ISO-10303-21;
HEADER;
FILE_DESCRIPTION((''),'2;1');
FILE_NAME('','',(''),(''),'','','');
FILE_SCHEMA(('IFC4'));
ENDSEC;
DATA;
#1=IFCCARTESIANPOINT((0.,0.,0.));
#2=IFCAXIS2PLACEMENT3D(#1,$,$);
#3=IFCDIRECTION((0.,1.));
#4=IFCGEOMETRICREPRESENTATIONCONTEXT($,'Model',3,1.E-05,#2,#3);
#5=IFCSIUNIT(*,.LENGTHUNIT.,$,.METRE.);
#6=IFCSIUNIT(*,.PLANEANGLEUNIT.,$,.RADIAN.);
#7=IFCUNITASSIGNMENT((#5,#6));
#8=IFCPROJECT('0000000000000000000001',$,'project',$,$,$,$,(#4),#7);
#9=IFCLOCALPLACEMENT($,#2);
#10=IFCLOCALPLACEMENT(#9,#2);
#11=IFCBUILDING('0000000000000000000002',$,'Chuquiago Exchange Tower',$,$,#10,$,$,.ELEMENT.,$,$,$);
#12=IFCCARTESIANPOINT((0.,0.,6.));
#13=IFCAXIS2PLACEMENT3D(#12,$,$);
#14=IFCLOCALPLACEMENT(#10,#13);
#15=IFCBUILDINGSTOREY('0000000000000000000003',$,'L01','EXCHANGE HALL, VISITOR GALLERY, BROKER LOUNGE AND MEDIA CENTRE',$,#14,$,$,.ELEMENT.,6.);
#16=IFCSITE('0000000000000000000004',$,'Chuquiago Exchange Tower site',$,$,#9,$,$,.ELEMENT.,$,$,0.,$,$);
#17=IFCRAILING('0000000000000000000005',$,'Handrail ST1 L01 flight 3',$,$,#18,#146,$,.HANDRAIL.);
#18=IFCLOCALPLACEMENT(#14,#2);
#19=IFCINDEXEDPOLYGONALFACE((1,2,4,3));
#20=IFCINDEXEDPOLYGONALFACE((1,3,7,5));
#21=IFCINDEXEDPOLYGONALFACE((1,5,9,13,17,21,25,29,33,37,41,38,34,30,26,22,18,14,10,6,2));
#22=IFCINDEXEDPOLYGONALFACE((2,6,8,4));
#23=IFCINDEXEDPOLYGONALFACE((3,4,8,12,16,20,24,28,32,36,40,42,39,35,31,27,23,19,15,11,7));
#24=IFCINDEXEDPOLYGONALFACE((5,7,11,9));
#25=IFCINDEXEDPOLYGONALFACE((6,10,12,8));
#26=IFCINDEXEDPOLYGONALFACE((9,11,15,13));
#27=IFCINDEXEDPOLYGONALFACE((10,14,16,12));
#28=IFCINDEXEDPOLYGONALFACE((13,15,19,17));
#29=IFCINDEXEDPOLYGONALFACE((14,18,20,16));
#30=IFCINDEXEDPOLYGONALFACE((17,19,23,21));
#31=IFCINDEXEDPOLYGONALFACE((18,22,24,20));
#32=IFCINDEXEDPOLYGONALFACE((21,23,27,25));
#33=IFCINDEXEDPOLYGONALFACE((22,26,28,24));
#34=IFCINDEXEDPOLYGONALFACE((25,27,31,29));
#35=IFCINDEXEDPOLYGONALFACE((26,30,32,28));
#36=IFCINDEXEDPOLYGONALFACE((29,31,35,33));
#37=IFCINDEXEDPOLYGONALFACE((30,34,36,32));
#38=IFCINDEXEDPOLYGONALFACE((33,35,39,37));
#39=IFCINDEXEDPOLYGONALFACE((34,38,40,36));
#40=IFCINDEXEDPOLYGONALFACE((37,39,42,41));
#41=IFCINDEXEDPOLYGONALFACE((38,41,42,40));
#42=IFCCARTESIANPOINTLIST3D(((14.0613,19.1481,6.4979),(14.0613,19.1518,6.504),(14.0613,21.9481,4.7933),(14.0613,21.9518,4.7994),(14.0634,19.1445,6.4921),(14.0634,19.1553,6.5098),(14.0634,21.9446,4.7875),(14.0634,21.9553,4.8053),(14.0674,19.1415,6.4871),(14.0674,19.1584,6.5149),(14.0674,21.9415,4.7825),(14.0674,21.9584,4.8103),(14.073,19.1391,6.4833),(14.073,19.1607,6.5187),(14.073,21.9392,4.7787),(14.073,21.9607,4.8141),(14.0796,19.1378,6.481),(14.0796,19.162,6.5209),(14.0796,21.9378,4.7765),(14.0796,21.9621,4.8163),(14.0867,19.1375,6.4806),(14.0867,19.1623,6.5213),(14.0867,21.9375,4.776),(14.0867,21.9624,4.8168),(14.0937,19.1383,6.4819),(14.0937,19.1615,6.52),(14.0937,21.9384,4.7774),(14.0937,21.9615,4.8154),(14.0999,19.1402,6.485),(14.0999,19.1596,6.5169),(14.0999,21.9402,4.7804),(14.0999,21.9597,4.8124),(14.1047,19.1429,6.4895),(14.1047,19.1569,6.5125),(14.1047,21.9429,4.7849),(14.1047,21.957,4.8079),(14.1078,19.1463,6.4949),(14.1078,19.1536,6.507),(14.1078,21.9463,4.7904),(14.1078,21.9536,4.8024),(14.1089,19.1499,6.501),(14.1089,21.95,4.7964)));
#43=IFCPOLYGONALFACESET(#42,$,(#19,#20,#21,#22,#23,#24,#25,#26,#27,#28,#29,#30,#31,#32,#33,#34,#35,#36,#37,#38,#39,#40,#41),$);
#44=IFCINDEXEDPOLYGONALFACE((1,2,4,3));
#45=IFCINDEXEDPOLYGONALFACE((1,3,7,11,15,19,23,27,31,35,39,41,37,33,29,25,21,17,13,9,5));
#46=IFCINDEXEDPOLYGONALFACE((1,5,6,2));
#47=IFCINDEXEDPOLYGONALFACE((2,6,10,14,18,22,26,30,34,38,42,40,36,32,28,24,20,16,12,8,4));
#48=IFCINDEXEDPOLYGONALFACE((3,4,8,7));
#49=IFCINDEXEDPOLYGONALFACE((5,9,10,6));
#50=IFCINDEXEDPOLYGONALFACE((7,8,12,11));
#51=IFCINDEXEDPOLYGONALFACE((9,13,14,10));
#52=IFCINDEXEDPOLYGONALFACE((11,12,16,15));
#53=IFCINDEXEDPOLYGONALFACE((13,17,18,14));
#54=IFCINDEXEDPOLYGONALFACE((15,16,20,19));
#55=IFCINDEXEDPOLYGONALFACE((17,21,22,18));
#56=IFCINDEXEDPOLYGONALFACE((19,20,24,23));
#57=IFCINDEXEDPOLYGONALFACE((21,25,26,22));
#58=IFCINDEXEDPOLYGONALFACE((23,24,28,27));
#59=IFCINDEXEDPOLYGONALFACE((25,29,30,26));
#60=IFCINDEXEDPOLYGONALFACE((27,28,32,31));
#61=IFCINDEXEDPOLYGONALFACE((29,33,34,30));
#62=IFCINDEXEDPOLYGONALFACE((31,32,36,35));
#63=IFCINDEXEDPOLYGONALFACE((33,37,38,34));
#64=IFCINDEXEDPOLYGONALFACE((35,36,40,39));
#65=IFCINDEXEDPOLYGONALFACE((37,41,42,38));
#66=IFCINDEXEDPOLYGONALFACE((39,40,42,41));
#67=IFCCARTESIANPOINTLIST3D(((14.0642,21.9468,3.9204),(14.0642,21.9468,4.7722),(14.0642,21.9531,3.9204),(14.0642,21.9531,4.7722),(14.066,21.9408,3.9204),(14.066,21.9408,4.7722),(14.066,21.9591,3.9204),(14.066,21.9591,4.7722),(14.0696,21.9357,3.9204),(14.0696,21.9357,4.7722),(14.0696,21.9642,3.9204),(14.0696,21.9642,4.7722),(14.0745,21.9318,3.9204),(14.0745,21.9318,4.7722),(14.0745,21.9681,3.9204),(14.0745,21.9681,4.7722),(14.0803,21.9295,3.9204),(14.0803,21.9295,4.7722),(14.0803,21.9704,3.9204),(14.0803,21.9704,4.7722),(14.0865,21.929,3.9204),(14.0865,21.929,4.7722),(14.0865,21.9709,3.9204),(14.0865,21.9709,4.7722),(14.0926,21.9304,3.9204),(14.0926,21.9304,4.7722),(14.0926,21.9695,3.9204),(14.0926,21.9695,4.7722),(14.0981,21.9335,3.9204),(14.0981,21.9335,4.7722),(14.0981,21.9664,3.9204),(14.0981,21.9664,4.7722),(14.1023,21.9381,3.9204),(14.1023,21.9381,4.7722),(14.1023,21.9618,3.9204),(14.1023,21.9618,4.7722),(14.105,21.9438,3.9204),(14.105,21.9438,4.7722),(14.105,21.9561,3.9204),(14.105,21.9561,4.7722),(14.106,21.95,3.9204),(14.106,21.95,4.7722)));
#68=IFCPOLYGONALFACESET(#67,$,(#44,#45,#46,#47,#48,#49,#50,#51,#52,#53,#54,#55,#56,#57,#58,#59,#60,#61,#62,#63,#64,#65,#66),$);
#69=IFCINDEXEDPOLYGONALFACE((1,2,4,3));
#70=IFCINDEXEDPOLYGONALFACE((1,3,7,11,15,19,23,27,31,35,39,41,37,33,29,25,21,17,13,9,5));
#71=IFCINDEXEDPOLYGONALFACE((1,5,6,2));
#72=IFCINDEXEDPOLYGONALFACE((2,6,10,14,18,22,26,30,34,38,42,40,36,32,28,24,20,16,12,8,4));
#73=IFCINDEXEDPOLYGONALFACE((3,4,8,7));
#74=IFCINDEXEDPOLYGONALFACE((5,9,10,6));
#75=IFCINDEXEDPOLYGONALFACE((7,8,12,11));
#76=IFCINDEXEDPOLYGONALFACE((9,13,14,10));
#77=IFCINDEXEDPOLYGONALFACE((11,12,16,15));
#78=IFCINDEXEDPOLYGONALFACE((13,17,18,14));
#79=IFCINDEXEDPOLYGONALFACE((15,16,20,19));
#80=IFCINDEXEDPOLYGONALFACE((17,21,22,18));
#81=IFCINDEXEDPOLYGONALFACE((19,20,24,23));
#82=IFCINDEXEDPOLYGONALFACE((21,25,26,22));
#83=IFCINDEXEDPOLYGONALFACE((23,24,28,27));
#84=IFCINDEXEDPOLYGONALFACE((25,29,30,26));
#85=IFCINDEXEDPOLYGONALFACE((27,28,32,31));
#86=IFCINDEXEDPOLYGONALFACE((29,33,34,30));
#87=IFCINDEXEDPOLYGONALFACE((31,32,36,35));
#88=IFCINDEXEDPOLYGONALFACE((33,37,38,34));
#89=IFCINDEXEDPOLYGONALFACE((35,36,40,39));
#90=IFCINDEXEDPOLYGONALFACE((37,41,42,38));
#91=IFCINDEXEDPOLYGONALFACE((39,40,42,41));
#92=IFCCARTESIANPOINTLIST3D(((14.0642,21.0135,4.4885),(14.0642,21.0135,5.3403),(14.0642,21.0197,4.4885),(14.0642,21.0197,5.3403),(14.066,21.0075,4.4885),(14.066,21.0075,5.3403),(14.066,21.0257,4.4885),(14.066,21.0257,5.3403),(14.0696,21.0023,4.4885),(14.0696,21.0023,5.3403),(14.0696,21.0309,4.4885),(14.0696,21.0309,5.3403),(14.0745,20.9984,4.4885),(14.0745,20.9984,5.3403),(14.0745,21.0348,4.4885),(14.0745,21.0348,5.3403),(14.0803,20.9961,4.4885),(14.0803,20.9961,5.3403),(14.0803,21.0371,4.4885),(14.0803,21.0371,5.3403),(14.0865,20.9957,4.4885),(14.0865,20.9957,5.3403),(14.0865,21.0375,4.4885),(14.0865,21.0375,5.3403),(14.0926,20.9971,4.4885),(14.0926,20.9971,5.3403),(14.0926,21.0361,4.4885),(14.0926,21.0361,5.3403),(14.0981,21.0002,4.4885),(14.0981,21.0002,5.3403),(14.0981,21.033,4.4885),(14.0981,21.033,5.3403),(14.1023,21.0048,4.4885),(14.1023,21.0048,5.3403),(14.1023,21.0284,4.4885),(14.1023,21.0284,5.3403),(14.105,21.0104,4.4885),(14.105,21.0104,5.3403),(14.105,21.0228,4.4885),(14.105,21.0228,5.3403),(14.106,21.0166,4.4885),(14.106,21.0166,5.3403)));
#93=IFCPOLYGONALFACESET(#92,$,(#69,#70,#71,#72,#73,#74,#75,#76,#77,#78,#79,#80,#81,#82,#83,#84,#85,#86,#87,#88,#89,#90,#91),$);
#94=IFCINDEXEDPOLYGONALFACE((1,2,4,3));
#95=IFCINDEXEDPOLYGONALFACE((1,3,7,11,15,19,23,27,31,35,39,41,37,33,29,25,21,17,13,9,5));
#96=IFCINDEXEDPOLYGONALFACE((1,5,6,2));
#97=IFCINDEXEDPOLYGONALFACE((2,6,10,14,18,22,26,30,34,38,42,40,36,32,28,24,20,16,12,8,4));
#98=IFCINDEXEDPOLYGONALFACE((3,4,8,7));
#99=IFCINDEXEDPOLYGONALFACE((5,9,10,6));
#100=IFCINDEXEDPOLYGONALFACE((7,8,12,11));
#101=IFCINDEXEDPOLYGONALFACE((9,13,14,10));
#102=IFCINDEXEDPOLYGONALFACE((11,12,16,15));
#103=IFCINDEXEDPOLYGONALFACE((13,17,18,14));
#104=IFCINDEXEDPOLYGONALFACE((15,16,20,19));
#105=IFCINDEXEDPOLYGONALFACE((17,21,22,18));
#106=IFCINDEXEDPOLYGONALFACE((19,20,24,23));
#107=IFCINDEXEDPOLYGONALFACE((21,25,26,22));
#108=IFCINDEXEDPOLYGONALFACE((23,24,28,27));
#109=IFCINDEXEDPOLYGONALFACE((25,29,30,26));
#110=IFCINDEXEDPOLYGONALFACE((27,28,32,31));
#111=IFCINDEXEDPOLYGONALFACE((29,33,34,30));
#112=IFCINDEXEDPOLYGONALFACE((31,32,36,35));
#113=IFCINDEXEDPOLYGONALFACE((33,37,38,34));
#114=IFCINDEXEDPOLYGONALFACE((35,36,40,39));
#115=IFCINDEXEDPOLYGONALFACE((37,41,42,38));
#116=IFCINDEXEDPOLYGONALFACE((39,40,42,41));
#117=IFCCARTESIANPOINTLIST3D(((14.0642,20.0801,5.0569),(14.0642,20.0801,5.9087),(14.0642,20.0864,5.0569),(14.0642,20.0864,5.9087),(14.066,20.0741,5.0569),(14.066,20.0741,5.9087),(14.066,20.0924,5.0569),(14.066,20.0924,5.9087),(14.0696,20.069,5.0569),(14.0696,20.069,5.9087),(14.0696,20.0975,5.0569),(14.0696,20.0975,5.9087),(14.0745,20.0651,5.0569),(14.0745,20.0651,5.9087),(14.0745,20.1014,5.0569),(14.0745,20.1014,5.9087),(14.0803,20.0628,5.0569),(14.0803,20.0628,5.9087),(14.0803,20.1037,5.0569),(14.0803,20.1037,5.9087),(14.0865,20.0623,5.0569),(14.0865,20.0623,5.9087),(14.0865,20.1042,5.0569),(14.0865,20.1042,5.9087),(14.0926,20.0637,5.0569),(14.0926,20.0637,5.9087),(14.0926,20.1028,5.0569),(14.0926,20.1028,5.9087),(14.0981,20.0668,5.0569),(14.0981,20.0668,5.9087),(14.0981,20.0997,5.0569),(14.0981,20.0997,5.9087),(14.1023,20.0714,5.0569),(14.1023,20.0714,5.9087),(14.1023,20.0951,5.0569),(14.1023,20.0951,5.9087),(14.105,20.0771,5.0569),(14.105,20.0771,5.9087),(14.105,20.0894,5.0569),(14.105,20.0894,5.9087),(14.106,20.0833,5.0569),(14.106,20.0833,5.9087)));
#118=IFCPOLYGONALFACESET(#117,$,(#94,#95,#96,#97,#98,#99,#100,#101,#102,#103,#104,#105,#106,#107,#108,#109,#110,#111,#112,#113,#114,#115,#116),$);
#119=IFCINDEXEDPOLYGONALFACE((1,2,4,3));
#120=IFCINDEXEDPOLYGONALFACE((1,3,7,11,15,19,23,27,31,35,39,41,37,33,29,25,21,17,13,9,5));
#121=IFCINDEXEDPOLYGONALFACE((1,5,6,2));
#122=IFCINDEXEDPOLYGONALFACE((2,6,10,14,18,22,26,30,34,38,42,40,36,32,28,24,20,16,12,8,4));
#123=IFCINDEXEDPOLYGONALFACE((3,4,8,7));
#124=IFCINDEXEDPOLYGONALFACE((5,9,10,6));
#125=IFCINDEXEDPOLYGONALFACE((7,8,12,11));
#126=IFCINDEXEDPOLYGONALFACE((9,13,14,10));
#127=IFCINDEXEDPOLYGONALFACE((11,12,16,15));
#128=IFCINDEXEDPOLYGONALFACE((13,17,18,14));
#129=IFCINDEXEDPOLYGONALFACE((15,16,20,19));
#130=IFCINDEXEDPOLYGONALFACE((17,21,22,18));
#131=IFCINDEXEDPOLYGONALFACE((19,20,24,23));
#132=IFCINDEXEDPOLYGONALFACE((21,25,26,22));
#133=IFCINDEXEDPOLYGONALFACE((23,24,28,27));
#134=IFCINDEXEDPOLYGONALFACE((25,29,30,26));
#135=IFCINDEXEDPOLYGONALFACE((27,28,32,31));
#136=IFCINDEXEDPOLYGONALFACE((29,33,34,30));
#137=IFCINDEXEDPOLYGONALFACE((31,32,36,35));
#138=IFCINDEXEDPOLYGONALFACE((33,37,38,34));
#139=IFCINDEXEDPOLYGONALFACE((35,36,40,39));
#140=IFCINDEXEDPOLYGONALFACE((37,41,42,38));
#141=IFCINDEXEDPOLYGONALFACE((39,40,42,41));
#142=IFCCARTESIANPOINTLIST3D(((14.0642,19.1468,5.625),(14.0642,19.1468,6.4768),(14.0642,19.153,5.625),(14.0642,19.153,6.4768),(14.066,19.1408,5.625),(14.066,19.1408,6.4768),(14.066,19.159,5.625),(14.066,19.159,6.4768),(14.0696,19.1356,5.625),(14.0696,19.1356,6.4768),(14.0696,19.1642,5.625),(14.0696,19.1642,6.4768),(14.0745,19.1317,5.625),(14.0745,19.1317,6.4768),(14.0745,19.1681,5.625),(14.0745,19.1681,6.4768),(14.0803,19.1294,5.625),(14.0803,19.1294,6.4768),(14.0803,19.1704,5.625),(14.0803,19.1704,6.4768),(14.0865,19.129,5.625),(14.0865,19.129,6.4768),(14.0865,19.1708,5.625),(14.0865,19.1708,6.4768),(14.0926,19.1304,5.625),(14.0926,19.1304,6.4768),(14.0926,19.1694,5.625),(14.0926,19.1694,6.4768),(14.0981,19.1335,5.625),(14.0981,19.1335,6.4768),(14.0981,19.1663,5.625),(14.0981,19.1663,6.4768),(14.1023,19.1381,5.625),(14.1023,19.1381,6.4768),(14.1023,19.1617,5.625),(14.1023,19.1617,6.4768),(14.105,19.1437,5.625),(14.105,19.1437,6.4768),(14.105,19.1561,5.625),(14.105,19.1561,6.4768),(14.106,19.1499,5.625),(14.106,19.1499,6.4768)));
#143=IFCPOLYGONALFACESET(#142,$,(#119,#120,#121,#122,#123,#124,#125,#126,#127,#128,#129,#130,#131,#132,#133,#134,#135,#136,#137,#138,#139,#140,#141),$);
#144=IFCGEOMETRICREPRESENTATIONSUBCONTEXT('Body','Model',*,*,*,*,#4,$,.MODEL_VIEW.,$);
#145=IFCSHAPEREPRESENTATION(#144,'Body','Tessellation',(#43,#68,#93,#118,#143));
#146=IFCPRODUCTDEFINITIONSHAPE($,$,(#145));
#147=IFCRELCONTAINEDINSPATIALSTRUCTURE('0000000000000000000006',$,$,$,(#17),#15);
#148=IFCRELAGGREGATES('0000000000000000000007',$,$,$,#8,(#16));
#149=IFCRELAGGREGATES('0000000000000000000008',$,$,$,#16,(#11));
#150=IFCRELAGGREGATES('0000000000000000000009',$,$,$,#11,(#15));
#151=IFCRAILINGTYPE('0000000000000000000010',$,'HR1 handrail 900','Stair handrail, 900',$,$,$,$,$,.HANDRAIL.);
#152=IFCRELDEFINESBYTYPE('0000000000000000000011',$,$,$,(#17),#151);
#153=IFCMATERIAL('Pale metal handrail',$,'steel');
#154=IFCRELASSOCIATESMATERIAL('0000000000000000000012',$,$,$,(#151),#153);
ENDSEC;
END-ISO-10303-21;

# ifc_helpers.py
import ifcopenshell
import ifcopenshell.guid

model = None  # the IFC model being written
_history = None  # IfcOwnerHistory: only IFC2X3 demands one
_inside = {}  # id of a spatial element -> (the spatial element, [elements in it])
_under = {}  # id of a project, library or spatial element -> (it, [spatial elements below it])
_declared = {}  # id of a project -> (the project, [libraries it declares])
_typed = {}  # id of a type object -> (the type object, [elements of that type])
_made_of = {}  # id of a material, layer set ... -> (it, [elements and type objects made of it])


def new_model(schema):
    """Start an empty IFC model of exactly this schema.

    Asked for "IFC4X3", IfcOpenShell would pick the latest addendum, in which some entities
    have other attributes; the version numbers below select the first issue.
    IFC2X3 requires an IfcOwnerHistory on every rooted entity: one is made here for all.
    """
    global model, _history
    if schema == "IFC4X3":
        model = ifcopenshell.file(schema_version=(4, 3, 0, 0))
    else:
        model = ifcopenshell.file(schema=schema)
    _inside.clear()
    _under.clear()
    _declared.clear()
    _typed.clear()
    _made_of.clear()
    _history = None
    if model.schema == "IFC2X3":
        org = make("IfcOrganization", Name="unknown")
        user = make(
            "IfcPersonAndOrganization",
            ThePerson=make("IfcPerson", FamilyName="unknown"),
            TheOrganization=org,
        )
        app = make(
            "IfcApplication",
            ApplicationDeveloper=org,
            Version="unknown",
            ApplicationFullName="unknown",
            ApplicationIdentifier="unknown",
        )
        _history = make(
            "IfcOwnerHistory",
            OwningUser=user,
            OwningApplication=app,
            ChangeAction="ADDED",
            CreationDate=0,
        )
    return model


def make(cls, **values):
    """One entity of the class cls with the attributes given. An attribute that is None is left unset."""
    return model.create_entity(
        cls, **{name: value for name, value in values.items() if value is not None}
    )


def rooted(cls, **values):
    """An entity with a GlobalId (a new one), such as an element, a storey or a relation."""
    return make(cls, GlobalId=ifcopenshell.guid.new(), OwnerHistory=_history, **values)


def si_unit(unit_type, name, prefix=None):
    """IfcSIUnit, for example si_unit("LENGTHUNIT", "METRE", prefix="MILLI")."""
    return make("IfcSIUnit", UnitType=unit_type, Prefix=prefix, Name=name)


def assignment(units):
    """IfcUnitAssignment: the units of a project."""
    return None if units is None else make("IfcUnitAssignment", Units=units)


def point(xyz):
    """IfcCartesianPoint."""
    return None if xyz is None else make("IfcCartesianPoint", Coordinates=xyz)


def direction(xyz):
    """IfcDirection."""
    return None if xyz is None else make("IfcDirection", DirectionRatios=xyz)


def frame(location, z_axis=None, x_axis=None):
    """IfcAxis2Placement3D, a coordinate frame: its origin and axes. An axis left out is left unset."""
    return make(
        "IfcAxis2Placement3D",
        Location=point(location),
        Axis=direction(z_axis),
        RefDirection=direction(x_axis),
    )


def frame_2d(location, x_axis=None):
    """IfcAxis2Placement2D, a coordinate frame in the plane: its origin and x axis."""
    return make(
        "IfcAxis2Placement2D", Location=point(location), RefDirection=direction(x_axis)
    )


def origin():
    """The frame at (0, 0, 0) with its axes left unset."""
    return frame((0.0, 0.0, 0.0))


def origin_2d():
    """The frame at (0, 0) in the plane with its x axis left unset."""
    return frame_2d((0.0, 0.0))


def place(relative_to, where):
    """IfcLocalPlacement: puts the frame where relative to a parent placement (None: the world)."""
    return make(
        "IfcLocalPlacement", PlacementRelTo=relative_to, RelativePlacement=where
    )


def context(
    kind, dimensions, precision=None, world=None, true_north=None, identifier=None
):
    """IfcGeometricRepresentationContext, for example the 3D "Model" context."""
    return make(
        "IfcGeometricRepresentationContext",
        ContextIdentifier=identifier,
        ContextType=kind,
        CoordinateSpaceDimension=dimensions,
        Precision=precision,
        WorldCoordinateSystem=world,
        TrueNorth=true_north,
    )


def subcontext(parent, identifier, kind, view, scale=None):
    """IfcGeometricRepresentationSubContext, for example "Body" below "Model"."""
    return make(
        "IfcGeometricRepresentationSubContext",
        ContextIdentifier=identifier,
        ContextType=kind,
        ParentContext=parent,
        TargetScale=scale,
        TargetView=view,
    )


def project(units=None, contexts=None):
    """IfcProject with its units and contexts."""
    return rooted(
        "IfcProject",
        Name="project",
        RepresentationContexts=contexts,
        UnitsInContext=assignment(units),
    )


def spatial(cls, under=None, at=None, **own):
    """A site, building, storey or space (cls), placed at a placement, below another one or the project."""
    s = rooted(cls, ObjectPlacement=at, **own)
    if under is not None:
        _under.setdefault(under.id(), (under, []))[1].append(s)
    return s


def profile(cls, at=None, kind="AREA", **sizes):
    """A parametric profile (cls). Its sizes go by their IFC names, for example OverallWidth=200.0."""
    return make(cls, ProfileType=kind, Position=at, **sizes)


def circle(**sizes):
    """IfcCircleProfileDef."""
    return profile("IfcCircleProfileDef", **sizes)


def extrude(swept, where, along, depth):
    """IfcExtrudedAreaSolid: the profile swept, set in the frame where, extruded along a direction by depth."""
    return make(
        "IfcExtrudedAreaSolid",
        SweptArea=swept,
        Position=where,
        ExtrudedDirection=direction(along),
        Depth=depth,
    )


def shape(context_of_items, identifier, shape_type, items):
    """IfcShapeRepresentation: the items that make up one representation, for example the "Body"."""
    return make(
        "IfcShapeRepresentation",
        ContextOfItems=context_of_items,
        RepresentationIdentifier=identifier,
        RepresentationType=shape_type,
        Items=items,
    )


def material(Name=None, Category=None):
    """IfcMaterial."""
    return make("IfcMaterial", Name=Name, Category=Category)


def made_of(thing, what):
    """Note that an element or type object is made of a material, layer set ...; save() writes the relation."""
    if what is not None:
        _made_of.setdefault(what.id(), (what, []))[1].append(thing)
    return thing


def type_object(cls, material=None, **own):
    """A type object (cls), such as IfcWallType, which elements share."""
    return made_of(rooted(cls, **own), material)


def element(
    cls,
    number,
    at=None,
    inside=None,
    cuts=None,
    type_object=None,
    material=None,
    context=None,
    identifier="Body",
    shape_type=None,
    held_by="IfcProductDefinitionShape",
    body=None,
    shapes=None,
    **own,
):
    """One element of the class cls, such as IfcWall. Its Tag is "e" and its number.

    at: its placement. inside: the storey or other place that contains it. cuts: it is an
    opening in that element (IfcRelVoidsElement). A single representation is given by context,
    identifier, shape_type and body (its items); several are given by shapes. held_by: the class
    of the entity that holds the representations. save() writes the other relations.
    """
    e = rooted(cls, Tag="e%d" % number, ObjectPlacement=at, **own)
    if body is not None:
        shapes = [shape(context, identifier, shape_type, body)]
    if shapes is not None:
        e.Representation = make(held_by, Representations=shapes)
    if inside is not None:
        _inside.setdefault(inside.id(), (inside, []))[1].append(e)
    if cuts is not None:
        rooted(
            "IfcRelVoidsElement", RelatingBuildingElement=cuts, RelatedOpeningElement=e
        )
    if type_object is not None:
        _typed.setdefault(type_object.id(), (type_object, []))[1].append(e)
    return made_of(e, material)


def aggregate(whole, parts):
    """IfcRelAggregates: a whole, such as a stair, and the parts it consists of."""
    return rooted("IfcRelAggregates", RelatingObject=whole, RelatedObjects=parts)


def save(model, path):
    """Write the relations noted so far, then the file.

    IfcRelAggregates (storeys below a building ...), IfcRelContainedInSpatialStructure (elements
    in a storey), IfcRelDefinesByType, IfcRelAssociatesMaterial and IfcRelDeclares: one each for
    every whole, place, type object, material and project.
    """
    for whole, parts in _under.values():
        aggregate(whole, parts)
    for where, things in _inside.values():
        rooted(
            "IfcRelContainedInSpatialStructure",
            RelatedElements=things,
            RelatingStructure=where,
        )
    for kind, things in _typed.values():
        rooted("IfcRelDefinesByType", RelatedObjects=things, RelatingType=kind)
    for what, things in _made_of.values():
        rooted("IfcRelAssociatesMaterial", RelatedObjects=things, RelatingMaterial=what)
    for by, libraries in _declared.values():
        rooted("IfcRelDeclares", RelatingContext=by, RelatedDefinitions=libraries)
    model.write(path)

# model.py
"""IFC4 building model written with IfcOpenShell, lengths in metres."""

from ifc_helpers import new_model, si_unit, direction, frame, origin, origin_2d, place, context, subcontext, project, spatial, circle, extrude, material, type_object, element, save


model = new_model("IFC4")

# Units and contexts
model_context = context("Model", 3, precision=1e-05, world=origin(), true_north=direction((0.0, 1.0)))
body_context = subcontext(model_context, "Body", "Model", "MODEL_VIEW")
ifc_project = project(units=[si_unit("LENGTHUNIT", "METRE"), si_unit("PLANEANGLEUNIT", "RADIAN")], contexts=[model_context])

# Site, building, storey
site_placement = place(None, origin())
site = spatial("IfcSite", under=ifc_project, at=site_placement, Name="Chuquiago Exchange Tower site", CompositionType="ELEMENT", RefElevation=0.0)
building_placement = place(site_placement, origin())
building = spatial("IfcBuilding", under=site, at=building_placement, Name="Chuquiago Exchange Tower", CompositionType="ELEMENT")
storey_placement = place(building_placement, frame((0.0, 0.0, 6.0)))
storey = spatial("IfcBuildingStorey", under=building, at=storey_placement, Name="L01", Description="EXCHANGE HALL, VISITOR GALLERY, BROKER LOUNGE AND MEDIA CENTRE", CompositionType="ELEMENT", Elevation=6.0)

# Railing
ifc_material_1 = material(Name="Pale metal handrail", Category="steel")
railing_type = type_object("IfcRailingType", Name="HR1 handrail 900", Description="Stair handrail, 900", PredefinedType="HANDRAIL", material=ifc_material_1)
for number, where, name in (
    (1, (14.085, 21.95, 3.9204), "Handrail ST1 L01 flight 3"),
):
    element("IfcRailing", number, at=place(storey_placement, frame(where)), inside=storey, type_object=railing_type, Name=name, PredefinedType="HANDRAIL", context=body_context, shape_type="SweptSolid", body=[
        extrude(circle(Radius=0.0239, at=origin_2d()), frame((0.0, 0.0, 0.876), z_axis=(0.0, -0.85417, 0.519994), x_axis=(1.0, 0.0, 0.0)), (0.0, 0.0, 1.0), 3.2781),
        extrude(circle(Radius=0.021, at=origin_2d()), origin(), (0.0, 0.0, 1.0), 0.8518),
        extrude(circle(Radius=0.021, at=origin_2d()), frame((0.0, -0.9333, 0.5681)), (0.0, 0.0, 1.0), 0.8518),
        extrude(circle(Radius=0.021, at=origin_2d()), frame((0.0, -1.8667, 1.1365)), (0.0, 0.0, 1.0), 0.8518),
        extrude(circle(Radius=0.021, at=origin_2d()), frame((0.0, -2.8, 1.7046)), (0.0, 0.0, 1.0), 0.8518),
    ])

save(model, "model.ifc")
